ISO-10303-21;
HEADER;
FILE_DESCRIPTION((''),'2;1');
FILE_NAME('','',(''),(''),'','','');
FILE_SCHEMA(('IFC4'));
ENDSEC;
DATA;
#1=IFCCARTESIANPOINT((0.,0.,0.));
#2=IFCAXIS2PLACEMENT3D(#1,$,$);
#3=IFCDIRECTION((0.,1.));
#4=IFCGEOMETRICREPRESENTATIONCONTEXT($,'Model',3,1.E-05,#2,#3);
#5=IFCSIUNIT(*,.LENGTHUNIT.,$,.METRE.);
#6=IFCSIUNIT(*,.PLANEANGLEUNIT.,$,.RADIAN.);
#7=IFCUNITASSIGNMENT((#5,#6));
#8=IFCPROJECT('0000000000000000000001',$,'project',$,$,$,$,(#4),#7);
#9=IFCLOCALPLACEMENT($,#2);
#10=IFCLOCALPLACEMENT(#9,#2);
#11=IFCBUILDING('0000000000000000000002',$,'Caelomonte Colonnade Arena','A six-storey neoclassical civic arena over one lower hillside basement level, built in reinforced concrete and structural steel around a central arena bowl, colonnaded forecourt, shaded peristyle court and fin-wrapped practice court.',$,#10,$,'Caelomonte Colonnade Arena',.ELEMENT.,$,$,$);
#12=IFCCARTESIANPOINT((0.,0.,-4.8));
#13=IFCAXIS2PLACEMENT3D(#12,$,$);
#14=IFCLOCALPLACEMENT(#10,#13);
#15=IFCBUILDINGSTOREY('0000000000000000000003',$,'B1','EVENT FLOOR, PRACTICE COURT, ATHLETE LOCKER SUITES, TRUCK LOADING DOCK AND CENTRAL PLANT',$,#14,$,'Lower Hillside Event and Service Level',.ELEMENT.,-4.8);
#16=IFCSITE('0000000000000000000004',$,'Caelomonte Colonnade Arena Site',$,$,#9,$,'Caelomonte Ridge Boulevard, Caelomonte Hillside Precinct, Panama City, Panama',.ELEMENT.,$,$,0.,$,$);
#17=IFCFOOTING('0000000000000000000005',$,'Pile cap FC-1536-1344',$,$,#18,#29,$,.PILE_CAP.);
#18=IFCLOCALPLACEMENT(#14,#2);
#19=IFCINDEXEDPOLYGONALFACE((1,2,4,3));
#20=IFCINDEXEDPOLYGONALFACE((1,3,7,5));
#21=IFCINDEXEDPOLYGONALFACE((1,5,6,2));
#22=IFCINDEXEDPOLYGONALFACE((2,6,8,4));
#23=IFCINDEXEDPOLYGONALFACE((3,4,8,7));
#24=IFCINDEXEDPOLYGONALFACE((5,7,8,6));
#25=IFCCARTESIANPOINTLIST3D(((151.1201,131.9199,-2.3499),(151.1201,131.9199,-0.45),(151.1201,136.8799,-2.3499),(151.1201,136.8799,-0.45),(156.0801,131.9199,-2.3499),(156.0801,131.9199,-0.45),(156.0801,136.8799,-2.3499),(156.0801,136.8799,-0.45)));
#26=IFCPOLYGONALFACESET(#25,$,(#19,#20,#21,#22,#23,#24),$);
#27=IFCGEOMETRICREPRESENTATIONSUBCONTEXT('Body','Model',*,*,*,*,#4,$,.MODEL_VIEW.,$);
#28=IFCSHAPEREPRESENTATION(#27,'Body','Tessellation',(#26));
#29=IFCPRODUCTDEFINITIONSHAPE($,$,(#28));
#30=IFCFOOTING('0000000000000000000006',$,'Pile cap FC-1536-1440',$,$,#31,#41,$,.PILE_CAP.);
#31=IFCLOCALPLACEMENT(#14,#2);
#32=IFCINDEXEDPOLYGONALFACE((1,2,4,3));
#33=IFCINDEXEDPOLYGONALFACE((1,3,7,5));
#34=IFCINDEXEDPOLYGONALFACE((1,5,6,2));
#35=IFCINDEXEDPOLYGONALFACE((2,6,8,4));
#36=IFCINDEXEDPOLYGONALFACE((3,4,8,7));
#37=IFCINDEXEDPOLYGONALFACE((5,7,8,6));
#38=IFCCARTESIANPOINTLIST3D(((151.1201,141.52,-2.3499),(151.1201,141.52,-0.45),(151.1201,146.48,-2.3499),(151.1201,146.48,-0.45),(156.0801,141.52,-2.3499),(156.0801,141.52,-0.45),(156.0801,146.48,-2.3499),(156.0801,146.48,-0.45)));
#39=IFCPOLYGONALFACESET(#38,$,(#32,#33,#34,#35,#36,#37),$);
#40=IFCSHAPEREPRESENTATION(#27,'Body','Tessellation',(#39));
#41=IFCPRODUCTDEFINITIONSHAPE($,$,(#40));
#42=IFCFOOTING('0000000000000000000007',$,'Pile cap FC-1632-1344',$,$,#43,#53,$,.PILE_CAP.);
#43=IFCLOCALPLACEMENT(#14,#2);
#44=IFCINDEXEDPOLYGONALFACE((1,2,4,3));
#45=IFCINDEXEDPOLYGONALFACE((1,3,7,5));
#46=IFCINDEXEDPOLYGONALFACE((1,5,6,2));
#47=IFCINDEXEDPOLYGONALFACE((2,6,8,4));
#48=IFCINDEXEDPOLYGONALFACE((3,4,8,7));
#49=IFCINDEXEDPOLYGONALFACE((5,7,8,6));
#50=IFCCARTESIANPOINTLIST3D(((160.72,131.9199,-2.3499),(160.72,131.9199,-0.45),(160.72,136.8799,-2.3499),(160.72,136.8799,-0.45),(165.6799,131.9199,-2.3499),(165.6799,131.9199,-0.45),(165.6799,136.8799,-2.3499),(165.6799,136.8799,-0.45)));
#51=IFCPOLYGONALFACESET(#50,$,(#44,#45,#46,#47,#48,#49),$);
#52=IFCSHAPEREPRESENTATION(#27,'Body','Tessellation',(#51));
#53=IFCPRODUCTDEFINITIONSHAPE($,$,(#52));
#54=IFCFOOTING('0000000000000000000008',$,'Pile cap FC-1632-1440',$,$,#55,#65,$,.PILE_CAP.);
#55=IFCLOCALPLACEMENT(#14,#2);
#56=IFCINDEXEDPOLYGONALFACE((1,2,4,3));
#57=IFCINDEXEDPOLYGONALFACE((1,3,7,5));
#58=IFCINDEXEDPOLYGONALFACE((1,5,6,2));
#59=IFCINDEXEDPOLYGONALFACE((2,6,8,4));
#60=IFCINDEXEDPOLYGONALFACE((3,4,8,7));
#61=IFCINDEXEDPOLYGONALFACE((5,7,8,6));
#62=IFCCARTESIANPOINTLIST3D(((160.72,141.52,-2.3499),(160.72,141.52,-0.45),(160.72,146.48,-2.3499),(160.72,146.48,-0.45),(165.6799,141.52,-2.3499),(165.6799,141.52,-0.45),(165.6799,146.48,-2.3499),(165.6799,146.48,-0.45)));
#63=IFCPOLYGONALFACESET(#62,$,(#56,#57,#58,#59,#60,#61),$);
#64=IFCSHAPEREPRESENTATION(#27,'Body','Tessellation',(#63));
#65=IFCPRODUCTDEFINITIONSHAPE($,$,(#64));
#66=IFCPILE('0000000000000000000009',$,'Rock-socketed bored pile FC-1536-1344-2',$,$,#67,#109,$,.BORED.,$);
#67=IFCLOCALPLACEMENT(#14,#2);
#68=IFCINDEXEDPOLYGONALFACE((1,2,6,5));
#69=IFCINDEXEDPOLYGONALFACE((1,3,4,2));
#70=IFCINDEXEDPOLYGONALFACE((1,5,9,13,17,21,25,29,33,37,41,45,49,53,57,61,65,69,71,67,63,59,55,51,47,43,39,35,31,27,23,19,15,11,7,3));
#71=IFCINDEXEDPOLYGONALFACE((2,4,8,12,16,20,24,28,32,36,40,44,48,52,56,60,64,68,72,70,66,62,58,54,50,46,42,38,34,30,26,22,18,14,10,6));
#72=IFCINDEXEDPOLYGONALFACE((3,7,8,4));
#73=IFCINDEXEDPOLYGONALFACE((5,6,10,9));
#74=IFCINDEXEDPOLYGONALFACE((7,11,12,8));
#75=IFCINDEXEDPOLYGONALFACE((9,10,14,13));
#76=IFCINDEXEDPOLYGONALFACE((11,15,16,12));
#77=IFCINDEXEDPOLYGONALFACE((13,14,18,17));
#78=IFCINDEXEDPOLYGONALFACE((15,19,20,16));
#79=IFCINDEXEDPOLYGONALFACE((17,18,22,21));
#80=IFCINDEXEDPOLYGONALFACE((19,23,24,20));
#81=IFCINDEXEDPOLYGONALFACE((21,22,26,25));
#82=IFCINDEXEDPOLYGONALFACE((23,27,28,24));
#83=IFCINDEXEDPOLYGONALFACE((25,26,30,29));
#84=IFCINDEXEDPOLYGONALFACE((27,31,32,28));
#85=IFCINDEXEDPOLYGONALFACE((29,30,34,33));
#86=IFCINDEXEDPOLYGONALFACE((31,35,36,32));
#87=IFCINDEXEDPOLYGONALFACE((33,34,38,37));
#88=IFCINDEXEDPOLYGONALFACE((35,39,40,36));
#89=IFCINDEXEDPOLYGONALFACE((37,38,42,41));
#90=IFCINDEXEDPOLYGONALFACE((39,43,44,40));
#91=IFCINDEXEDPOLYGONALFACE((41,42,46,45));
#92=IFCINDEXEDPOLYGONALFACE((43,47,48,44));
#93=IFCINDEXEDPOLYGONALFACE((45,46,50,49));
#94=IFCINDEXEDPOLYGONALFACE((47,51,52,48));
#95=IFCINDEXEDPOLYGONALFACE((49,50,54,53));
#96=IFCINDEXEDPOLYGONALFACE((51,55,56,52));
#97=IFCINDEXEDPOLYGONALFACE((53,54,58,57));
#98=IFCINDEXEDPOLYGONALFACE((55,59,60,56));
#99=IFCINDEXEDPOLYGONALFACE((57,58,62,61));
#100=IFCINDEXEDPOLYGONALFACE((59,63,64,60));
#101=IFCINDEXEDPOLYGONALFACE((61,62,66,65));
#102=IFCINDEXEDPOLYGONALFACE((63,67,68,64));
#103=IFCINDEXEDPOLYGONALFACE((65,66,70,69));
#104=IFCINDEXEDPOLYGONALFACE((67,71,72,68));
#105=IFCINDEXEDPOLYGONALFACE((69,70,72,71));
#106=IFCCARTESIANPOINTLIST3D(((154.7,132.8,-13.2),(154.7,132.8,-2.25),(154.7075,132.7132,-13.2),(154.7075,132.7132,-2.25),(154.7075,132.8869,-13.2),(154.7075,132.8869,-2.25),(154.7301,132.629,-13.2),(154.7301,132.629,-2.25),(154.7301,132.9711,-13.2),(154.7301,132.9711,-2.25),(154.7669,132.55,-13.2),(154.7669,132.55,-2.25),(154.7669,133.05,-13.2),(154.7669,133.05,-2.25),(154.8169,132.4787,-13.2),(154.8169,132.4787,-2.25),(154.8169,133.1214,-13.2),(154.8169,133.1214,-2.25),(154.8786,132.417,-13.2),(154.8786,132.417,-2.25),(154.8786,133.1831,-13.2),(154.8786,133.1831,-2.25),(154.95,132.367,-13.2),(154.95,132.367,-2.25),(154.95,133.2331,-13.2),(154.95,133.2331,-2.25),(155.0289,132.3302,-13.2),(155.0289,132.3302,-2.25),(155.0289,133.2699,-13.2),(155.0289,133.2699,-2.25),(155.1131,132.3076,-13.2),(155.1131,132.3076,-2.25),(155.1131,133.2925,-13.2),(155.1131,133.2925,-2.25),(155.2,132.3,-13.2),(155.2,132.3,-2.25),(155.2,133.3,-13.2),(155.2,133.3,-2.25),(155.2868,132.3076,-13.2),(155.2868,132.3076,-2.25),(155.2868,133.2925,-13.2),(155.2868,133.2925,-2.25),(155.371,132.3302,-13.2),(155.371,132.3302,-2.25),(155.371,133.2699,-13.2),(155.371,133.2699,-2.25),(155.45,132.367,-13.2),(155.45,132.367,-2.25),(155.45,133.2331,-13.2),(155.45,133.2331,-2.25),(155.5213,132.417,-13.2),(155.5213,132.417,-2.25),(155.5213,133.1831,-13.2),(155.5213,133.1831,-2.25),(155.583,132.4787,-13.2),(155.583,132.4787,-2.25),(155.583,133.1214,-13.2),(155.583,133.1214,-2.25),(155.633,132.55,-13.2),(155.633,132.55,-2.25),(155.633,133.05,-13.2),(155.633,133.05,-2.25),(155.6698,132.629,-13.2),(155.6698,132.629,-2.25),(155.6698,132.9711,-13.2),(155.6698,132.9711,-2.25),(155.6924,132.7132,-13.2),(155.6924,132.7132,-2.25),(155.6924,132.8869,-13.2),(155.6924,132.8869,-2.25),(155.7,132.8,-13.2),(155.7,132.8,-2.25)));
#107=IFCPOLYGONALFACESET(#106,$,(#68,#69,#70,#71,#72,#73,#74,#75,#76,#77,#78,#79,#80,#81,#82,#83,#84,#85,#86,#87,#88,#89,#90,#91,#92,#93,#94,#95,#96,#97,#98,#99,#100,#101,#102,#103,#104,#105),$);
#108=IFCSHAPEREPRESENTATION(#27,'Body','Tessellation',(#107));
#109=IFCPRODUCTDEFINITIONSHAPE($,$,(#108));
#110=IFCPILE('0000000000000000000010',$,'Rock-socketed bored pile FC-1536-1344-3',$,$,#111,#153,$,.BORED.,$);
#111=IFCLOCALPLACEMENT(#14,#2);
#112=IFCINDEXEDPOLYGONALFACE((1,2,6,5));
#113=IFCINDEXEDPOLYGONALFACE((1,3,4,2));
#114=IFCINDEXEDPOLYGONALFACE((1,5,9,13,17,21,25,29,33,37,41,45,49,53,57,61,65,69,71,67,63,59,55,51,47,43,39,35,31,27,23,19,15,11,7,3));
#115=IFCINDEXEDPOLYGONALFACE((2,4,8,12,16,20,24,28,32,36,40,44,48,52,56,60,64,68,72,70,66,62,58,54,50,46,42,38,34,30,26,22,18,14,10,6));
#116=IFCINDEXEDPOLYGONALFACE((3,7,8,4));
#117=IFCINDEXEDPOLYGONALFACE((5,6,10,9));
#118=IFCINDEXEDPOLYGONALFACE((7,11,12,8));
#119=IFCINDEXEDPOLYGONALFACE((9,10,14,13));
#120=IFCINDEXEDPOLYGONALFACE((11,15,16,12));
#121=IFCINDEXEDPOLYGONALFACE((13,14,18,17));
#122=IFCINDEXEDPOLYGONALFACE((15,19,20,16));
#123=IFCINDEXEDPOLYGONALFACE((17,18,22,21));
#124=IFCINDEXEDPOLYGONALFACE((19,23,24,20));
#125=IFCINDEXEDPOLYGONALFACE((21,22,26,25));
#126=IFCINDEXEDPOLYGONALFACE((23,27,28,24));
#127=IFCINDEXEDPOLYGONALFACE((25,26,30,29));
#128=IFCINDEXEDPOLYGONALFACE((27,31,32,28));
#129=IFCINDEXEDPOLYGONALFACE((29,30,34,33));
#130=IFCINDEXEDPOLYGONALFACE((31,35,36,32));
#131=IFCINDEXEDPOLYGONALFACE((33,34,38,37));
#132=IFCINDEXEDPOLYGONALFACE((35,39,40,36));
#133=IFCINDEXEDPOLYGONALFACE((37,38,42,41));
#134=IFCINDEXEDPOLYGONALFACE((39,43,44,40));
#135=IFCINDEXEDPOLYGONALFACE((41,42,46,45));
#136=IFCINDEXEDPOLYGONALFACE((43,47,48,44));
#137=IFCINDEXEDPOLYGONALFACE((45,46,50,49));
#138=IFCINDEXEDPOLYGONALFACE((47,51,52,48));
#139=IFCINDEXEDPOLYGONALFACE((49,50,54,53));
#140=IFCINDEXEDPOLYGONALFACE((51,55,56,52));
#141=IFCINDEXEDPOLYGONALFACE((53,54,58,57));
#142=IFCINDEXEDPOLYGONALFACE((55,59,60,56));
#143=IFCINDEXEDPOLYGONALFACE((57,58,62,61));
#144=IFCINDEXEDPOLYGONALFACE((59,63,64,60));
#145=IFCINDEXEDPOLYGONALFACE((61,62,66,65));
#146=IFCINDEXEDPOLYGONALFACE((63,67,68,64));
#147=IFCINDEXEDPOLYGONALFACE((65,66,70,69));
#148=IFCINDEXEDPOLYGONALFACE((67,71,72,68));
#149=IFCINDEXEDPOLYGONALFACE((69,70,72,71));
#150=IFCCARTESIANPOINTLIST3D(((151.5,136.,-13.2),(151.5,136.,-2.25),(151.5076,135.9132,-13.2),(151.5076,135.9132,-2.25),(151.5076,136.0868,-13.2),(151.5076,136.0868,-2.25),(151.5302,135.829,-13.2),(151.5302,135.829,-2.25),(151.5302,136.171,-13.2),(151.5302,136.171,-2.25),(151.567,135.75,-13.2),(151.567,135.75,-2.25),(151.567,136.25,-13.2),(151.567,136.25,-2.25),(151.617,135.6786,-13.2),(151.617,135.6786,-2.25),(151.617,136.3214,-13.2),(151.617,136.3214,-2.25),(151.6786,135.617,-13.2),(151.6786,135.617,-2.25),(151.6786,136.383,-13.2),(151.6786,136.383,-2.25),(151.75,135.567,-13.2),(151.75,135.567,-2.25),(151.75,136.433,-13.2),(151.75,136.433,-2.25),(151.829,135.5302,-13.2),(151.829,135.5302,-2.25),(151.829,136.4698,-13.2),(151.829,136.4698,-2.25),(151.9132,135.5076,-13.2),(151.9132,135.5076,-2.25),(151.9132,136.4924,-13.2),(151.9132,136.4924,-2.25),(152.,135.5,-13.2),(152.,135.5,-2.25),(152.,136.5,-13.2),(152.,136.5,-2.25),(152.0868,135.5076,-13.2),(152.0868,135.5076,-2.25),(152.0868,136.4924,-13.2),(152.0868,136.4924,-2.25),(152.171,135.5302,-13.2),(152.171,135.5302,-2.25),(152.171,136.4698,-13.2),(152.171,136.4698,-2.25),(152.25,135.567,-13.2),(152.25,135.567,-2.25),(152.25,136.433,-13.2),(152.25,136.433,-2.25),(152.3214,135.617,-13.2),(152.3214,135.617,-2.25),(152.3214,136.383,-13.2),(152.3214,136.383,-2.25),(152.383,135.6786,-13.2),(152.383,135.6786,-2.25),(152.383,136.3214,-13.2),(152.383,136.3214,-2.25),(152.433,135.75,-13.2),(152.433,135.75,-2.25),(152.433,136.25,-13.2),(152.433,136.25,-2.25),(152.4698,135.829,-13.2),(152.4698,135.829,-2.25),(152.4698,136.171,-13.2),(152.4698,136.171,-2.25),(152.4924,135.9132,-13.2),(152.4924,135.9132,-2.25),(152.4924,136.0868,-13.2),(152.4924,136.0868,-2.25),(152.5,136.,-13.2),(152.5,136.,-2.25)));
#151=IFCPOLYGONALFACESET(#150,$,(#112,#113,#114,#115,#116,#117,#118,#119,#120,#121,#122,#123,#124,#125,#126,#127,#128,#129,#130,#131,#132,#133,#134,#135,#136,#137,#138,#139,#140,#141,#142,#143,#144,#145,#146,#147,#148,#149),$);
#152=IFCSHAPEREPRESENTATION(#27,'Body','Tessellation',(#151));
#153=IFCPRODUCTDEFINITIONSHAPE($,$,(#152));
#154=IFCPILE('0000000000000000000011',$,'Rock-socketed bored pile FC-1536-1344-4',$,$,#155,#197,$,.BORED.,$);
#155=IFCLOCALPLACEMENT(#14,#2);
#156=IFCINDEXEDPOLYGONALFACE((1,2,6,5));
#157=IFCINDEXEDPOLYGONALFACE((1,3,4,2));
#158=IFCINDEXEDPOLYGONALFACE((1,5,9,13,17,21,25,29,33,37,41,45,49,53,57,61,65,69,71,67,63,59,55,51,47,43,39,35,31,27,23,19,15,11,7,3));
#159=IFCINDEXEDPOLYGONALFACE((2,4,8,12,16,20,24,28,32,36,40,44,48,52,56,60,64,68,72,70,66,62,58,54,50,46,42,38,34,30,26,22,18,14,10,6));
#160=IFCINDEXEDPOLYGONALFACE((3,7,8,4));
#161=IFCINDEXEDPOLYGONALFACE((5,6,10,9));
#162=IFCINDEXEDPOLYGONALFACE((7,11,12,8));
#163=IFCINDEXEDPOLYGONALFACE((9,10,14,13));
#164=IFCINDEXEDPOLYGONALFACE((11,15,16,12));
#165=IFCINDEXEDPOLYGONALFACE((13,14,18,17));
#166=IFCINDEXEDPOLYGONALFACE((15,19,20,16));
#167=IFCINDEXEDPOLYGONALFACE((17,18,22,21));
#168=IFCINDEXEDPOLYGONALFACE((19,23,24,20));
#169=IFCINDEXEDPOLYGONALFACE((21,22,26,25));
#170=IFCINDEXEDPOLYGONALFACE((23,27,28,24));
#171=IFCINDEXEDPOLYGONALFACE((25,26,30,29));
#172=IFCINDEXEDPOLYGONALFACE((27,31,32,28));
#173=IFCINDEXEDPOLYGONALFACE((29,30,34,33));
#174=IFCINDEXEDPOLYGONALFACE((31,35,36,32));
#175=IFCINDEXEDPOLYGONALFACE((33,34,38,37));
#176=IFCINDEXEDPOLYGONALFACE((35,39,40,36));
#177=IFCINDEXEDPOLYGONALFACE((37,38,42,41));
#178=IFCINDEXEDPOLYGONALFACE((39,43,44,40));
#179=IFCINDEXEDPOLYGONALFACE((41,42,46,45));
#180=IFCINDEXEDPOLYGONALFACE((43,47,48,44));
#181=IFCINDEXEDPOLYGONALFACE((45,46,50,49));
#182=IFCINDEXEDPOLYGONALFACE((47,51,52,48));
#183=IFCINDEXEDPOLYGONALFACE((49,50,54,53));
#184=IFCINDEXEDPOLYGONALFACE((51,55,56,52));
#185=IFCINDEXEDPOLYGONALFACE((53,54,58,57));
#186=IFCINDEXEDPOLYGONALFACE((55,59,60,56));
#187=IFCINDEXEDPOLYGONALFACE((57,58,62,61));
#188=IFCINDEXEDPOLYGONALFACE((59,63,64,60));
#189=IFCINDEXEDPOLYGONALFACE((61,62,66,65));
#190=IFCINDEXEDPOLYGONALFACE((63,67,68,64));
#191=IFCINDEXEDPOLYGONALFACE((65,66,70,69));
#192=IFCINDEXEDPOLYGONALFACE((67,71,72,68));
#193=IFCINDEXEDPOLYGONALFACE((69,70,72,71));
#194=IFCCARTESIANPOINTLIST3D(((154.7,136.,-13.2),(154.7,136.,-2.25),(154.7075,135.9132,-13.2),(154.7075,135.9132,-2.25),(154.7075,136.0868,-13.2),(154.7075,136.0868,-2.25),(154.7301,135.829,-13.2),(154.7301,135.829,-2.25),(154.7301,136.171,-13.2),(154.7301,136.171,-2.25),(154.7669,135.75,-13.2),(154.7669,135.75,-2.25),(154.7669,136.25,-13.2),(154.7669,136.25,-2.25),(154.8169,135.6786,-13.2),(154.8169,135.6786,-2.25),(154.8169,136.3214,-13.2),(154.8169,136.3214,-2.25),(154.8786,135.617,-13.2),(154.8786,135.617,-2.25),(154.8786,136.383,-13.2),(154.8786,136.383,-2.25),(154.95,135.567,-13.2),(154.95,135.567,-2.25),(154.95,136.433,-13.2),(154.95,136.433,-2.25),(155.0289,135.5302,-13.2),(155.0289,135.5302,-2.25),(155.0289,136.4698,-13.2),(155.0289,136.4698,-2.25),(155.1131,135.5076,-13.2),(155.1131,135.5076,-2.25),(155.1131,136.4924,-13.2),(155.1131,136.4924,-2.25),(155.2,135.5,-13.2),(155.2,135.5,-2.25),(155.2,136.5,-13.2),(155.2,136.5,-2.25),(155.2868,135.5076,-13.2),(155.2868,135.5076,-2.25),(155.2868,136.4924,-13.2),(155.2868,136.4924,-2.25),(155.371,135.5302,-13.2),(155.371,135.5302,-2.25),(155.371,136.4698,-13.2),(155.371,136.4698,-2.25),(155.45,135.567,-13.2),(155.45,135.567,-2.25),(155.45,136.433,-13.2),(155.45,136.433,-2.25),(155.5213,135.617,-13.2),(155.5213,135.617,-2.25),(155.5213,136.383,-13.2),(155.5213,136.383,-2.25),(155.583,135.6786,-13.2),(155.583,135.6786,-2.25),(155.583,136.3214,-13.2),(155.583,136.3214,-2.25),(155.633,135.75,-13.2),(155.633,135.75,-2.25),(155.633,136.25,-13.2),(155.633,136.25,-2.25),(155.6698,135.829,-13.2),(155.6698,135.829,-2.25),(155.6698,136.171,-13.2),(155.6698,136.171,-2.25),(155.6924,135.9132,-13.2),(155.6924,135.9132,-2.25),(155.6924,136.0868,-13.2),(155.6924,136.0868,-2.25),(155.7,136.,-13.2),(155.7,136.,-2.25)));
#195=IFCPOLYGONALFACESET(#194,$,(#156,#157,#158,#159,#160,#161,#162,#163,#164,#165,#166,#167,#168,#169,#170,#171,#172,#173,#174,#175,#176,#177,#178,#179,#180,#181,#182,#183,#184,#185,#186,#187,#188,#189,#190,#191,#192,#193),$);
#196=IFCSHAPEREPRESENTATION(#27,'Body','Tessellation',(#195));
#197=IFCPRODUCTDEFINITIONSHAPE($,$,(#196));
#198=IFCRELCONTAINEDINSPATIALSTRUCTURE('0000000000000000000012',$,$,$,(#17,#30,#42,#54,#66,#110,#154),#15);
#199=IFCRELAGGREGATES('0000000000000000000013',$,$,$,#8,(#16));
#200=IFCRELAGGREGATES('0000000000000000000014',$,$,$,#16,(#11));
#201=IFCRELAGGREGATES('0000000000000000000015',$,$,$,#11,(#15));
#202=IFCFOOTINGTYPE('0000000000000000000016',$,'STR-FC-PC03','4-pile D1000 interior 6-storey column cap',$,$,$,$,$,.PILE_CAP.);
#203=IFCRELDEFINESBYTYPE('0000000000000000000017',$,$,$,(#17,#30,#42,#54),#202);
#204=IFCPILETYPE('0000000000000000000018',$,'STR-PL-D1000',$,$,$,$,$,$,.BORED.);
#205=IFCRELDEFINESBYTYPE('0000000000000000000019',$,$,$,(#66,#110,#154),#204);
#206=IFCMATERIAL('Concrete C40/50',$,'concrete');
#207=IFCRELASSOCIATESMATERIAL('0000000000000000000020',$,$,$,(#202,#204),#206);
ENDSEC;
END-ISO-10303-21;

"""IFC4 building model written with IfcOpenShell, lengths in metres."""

from ifc_helpers import new_model, si_unit, direction, frame, origin, origin_2d, place, context, subcontext, project, spatial, rectangle, circle, extrude, material, material_profile, profile_set, type_object, element, save


model = new_model("IFC4")

# Units and contexts
model_context = context("Model", 3, precision=1e-05, world=origin(), true_north=direction((0.0, 1.0)))
body_context = subcontext(model_context, "Body", "Model", "MODEL_VIEW")
ifc_project = project(units=[si_unit("LENGTHUNIT", "METRE"), si_unit("PLANEANGLEUNIT", "RADIAN")], contexts=[model_context])

# Site, building, storey
site_placement = place(None, origin())
site = spatial("IfcSite", under=ifc_project, at=site_placement, Name="Caelomonte Colonnade Arena Site", LongName="Caelomonte Ridge Boulevard, Caelomonte Hillside Precinct, Panama City, Panama", CompositionType="ELEMENT", RefElevation=0.0)
building_placement = place(site_placement, origin())
building = spatial("IfcBuilding", under=site, at=building_placement, Name="Caelomonte Colonnade Arena", Description="A six-storey neoclassical civic arena over one lower hillside basement level, built in reinforced concrete and structural steel around a central arena bowl, colonnaded forecourt, shaded peristyle court and fin-wrapped practice court.", LongName="Caelomonte Colonnade Arena", CompositionType="ELEMENT")
storey_placement = place(building_placement, frame((0.0, 0.0, -4.8)))
storey = spatial("IfcBuildingStorey", under=building, at=storey_placement, Name="B1", Description="EVENT FLOOR, PRACTICE COURT, ATHLETE LOCKER SUITES, TRUCK LOADING DOCK AND CENTRAL PLANT", LongName="Lower Hillside Event and Service Level", CompositionType="ELEMENT", Elevation=-4.8)

# Footings
ifc_material_1 = material(Name="Concrete C40/50", Category="concrete")
footing_type = type_object("IfcFootingType", Name="STR-FC-PC03", Description="4-pile D1000 interior 6-storey column cap", PredefinedType="PILE_CAP", material=ifc_material_1)
for number, where, z_axis, x_axis, name in (
    (1, (153.6001, 134.3999, -2.3499), (0.0, 0.0, 1.0), (1.0, 0.0, 0.0), "Pile cap FC-1536-1344"),
    (2, (153.6001, 144.0, -2.3499), (0.0, 0.0, 1.0), (1.0, 0.0, 0.0), "Pile cap FC-1536-1440"),
    (3, (163.2, 134.3999, -2.3499), (0.0, 0.0, 1.0), (1.0, 0.0, 0.0), "Pile cap FC-1632-1344"),
    (4, (163.2, 144.0, -2.3499), (0.0, 0.0, 1.0), (1.0, 0.0, 0.0), "Pile cap FC-1632-1440"),
):
    element("IfcFooting", number, at=place(storey_placement, frame(where, z_axis=z_axis, x_axis=x_axis)), inside=storey, type_object=footing_type, Name=name, PredefinedType="PILE_CAP", context=body_context, shape_type="SweptSolid", body=[
        extrude(rectangle(XDim=4.96, YDim=4.96, at=origin_2d()), origin(), (0.0, 0.0, 1.0), 1.8999),
    ])

# Piles
ifc_material_profile_1 = material_profile(ifc_material_1, circle(Radius=0.5, at=origin_2d()), Name="PILE-D1000")
ifc_profile_set_1 = profile_set([ifc_material_profile_1], Name="Concrete C40/50")
pile_type = type_object("IfcPileType", Name="STR-PL-D1000", PredefinedType="BORED", material=ifc_profile_set_1)
for number, where, z_axis, x_axis, name in (
    (5, (155.2, 132.8, -2.25), (0.0, 0.0, -1.0), (1.0, 0.0, 0.0), "Rock-socketed bored pile FC-1536-1344-2"),
    (6, (152.0, 136.0, -2.25), (0.0, 0.0, -1.0), (1.0, 0.0, 0.0), "Rock-socketed bored pile FC-1536-1344-3"),
    (7, (155.2, 136.0, -2.25), (0.0, 0.0, -1.0), (1.0, 0.0, 0.0), "Rock-socketed bored pile FC-1536-1344-4"),
):
    element("IfcPile", number, at=place(storey_placement, frame(where, z_axis=z_axis, x_axis=x_axis)), inside=storey, type_object=pile_type, Name=name, PredefinedType="BORED", context=body_context, shape_type="SweptSolid", body=[
        extrude(circle(Radius=0.5, at=origin_2d()), origin(), (0.0, 0.0, 1.0), 10.95),
    ])

save(model, "model.ifc")
